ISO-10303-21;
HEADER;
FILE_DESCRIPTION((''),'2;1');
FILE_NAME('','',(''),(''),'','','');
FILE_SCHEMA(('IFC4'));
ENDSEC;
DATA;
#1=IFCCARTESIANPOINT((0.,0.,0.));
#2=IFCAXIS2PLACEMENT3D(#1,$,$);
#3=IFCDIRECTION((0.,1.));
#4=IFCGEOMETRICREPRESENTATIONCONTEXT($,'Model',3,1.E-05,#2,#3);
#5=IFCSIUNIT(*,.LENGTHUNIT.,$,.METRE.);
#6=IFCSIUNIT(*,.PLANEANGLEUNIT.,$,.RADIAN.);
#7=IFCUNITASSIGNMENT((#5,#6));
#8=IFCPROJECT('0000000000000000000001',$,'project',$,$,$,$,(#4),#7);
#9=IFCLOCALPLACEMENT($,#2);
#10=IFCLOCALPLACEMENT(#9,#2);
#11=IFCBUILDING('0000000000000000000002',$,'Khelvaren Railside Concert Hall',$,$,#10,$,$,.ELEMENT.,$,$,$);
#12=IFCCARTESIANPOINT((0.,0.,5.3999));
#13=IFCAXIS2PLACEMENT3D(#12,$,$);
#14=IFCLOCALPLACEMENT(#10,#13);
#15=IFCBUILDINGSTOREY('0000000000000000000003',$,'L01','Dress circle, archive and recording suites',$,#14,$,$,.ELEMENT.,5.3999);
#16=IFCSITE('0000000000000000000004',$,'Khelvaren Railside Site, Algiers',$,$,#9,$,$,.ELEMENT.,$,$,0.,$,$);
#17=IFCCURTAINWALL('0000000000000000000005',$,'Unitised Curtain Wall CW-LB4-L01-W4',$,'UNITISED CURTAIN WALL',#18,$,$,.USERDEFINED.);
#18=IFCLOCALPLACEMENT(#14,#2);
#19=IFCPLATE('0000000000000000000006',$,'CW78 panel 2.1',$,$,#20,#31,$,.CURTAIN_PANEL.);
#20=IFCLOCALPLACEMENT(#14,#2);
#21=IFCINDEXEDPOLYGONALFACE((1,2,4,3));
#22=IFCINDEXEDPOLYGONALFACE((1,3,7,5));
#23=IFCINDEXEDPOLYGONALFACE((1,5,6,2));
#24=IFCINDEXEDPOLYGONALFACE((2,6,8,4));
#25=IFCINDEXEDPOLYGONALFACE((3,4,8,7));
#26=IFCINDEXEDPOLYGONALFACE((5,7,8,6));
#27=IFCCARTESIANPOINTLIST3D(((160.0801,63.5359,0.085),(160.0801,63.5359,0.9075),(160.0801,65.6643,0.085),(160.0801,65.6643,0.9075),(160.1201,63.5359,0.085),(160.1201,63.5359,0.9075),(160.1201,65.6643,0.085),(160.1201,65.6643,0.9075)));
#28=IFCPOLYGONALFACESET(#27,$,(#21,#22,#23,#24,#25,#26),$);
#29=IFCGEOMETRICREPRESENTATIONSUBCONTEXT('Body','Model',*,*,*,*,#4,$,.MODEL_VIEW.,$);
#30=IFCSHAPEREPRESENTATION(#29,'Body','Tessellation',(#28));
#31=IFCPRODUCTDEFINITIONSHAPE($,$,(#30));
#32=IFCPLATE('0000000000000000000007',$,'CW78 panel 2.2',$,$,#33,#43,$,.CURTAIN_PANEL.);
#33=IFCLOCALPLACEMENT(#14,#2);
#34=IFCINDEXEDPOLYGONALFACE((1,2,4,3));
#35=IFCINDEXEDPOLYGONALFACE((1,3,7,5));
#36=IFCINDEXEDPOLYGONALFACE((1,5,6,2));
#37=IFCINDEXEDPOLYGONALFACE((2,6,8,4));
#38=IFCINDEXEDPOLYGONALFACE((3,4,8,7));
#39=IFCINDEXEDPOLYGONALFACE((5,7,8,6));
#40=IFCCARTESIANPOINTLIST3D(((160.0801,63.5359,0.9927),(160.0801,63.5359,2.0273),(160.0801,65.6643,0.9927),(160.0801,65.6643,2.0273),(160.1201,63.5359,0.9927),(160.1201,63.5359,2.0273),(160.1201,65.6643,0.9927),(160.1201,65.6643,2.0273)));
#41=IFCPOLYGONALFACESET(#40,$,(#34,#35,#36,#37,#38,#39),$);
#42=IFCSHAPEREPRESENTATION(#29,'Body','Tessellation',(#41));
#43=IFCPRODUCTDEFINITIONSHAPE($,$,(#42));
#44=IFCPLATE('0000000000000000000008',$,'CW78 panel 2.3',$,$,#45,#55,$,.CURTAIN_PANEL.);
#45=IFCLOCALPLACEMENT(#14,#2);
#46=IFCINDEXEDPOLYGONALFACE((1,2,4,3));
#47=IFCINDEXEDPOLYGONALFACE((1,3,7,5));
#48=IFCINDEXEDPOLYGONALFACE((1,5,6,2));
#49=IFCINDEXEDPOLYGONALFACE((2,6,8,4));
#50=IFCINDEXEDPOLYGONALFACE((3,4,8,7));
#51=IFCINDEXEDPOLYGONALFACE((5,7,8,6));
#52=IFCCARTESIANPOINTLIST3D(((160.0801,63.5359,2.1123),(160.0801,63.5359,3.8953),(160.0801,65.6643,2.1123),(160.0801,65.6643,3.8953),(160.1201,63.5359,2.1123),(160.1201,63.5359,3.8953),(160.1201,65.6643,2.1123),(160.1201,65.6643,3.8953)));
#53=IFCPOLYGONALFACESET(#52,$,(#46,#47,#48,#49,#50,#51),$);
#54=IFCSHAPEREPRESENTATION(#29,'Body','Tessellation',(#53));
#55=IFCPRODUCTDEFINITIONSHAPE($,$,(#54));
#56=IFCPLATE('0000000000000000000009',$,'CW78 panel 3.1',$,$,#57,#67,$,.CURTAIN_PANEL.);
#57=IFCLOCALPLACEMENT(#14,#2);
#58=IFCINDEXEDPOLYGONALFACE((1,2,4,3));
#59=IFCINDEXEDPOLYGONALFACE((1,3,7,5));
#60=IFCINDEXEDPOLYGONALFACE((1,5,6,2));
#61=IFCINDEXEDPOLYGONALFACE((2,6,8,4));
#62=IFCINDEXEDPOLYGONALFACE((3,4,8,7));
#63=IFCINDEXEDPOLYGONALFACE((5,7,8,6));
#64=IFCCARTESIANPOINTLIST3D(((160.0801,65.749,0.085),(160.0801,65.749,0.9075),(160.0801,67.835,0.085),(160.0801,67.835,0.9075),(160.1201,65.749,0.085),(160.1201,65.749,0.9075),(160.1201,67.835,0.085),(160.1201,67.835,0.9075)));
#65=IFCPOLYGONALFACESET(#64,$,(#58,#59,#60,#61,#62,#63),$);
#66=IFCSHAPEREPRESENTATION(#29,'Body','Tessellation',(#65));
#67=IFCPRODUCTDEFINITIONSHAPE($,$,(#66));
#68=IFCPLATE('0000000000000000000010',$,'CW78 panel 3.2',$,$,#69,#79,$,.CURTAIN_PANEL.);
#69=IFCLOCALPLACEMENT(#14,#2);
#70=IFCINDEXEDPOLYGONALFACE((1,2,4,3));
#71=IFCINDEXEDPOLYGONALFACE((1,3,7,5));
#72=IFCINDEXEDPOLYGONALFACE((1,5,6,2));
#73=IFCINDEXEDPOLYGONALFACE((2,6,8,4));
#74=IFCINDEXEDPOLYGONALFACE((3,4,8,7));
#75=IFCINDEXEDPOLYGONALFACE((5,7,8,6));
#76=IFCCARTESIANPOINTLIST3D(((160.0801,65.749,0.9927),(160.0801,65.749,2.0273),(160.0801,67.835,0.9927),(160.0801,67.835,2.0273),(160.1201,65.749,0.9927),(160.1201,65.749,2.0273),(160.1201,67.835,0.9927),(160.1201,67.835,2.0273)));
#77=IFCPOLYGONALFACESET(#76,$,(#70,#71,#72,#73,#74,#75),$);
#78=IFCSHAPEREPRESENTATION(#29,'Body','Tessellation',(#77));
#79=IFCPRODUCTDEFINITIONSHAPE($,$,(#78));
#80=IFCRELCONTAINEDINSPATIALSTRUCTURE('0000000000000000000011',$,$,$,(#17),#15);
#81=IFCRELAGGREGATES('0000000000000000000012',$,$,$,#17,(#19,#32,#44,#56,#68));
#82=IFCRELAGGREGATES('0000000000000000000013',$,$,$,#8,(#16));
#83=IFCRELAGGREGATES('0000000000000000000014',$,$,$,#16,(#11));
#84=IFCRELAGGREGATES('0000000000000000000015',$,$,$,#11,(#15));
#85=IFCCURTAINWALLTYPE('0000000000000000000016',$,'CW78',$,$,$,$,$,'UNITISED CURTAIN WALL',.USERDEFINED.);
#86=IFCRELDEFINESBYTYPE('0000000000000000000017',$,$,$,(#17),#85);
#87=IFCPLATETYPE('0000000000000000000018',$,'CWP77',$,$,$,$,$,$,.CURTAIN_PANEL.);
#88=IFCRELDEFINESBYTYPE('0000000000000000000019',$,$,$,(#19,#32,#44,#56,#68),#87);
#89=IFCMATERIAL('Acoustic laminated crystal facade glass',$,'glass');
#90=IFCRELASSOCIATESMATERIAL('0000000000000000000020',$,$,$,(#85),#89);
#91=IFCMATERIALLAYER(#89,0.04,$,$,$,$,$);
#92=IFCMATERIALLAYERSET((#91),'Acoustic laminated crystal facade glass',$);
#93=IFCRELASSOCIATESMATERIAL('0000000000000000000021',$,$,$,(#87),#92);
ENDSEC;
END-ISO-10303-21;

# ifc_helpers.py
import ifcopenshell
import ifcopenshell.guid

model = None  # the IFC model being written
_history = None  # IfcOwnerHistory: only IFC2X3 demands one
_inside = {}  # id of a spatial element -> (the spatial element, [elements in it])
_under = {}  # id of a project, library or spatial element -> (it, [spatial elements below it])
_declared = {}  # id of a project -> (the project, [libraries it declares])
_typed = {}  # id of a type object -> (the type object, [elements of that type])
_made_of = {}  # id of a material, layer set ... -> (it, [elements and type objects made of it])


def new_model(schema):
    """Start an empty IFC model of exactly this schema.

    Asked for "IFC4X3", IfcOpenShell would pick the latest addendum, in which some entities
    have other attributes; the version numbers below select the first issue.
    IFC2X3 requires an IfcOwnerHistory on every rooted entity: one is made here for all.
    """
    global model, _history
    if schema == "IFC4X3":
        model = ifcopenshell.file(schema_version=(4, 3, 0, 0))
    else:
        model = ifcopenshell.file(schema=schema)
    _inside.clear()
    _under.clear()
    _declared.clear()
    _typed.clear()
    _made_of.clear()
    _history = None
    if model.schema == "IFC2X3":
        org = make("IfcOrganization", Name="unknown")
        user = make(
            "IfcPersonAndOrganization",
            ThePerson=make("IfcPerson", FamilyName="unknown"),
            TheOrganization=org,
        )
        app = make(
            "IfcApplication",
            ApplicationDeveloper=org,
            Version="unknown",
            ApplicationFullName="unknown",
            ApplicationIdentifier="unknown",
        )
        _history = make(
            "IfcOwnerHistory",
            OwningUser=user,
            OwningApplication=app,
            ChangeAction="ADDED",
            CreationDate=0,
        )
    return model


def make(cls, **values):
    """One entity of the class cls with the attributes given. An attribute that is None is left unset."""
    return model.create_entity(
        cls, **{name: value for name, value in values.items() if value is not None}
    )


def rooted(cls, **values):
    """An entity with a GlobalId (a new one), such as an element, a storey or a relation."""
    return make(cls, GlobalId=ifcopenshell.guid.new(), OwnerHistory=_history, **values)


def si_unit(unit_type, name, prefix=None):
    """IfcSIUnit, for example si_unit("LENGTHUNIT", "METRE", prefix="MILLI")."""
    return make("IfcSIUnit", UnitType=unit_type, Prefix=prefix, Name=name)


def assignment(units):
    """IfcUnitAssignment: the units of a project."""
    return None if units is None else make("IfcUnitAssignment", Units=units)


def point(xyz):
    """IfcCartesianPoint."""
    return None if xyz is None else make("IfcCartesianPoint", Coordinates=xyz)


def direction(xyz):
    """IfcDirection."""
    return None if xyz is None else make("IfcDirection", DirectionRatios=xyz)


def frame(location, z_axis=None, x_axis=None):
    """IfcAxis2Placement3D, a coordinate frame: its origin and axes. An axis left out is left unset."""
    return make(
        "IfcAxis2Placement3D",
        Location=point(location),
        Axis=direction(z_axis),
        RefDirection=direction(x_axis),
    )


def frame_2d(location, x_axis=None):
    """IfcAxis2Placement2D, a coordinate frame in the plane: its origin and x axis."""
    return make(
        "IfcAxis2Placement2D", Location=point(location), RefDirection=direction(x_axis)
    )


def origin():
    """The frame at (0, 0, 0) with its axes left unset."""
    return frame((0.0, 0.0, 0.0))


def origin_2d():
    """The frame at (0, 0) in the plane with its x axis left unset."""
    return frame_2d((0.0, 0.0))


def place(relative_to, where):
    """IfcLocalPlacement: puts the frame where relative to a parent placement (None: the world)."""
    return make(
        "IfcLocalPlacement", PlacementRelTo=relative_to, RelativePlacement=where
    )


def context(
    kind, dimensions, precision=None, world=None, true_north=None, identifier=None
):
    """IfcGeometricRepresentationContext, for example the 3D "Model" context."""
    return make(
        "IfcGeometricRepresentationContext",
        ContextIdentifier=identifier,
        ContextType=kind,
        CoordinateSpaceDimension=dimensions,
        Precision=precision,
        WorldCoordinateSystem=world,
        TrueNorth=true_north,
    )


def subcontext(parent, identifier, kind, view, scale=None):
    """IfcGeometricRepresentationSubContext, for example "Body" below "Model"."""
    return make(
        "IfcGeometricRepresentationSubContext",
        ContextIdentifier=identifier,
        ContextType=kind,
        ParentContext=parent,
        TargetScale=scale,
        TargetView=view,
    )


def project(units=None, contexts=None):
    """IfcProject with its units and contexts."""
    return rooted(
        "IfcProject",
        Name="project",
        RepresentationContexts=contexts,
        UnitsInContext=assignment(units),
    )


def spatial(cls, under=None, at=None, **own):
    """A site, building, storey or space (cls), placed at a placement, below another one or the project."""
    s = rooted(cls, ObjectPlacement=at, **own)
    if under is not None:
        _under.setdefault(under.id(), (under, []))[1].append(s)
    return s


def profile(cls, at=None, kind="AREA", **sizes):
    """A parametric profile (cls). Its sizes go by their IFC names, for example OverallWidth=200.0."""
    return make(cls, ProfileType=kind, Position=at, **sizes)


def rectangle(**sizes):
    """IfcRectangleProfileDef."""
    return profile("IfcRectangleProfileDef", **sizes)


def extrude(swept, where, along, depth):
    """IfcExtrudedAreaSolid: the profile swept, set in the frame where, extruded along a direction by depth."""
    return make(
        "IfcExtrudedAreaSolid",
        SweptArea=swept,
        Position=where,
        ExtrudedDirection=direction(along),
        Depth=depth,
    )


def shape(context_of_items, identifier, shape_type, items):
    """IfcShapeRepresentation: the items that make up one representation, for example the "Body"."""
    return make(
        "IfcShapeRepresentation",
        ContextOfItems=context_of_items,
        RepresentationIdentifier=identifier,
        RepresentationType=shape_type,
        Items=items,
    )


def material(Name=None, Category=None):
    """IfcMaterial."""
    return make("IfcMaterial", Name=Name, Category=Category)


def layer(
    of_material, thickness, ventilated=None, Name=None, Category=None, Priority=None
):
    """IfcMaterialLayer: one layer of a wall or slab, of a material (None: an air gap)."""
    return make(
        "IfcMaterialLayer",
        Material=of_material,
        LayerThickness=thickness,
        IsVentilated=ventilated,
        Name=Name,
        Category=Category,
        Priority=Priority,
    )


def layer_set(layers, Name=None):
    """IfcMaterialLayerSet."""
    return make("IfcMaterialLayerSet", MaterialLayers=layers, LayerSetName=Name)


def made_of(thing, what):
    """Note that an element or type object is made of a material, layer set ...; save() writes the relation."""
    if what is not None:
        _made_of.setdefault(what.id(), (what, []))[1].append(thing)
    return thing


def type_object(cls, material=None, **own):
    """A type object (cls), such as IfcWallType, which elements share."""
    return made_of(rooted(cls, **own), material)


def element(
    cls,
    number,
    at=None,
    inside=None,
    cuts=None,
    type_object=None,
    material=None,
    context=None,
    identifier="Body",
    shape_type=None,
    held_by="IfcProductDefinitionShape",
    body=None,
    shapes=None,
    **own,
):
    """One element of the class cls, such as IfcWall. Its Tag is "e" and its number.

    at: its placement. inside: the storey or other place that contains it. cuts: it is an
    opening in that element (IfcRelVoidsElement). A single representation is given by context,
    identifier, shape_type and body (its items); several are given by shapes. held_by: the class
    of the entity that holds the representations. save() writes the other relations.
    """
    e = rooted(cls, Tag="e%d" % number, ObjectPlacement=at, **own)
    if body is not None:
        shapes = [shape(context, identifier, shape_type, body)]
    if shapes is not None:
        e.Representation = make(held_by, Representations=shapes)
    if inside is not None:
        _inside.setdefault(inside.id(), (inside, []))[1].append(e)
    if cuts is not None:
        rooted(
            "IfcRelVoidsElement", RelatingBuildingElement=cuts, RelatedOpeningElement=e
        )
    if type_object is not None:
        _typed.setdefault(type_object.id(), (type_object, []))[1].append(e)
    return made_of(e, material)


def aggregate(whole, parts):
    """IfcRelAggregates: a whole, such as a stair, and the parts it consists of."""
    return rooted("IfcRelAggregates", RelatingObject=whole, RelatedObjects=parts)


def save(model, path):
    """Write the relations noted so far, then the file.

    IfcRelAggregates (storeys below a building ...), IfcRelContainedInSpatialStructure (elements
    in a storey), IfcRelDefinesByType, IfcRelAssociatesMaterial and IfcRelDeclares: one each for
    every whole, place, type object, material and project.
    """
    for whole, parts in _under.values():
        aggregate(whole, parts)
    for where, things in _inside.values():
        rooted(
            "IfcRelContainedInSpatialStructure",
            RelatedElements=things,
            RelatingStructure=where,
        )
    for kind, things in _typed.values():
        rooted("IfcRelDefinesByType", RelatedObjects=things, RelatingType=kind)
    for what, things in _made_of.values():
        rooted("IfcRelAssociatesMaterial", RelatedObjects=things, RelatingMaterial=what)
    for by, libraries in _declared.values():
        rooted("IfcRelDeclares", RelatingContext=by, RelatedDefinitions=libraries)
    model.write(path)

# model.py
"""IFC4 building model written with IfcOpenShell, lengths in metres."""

from ifc_helpers import new_model, si_unit, direction, frame, origin, origin_2d, place, context, subcontext, project, spatial, rectangle, extrude, material, layer, layer_set, type_object, element, aggregate, save


model = new_model("IFC4")

# Units and contexts
model_context = context("Model", 3, precision=1e-05, world=origin(), true_north=direction((0.0, 1.0)))
body_context = subcontext(model_context, "Body", "Model", "MODEL_VIEW")
ifc_project = project(units=[si_unit("LENGTHUNIT", "METRE"), si_unit("PLANEANGLEUNIT", "RADIAN")], contexts=[model_context])

# Site, building, storey
site_placement = place(None, origin())
site = spatial("IfcSite", under=ifc_project, at=site_placement, Name="Khelvaren Railside Site, Algiers", CompositionType="ELEMENT", RefElevation=0.0)
building_placement = place(site_placement, origin())
building = spatial("IfcBuilding", under=site, at=building_placement, Name="Khelvaren Railside Concert Hall", CompositionType="ELEMENT")
storey_placement = place(building_placement, frame((0.0, 0.0, 5.3999)))
storey = spatial("IfcBuildingStorey", under=building, at=storey_placement, Name="L01", Description="Dress circle, archive and recording suites", CompositionType="ELEMENT", Elevation=5.3999)

# Shared definitions
ifc_material_1 = material(Name="Acoustic laminated crystal facade glass", Category="glass")
curtain_wall_type = type_object("IfcCurtainWallType", Name="CW78", ElementType="UNITISED CURTAIN WALL", PredefinedType="USERDEFINED", material=ifc_material_1)

# Curtain wall
curtain_wall_1_placement = place(storey_placement, origin())
curtain_wall_1 = element("IfcCurtainWall", 1, at=curtain_wall_1_placement, inside=storey, type_object=curtain_wall_type, Name="Unitised Curtain Wall CW-LB4-L01-W4", ObjectType="UNITISED CURTAIN WALL", PredefinedType="USERDEFINED")

# Plates
ifc_layer = layer(ifc_material_1, 0.04)
ifc_layer_set = layer_set([ifc_layer], Name="Acoustic laminated crystal facade glass")
plate_type = type_object("IfcPlateType", Name="CWP77", PredefinedType="CURTAIN_PANEL", material=ifc_layer_set)
plate_1_placement = place(storey_placement, frame((160.1001, 64.6001, 0.085), z_axis=(0.0, 0.0, 1.0), x_axis=(0.0, 1.0, 0.0)))
plate_1 = element("IfcPlate", 2, at=plate_1_placement, type_object=plate_type, Name="CW78 panel 2.1", PredefinedType="CURTAIN_PANEL", context=body_context, shape_type="SweptSolid", body=[
    extrude(rectangle(XDim=2.1284, YDim=0.04, at=origin_2d()), origin(), (0.0, 0.0, 1.0), 0.8225),
])
plate_2_placement = place(storey_placement, frame((160.1001, 64.6001, 0.9927), z_axis=(0.0, 0.0, 1.0), x_axis=(0.0, 1.0, 0.0)))
plate_2 = element("IfcPlate", 3, at=plate_2_placement, type_object=plate_type, Name="CW78 panel 2.2", PredefinedType="CURTAIN_PANEL", context=body_context, shape_type="SweptSolid", body=[
    extrude(rectangle(XDim=2.1284, YDim=0.04, at=origin_2d()), origin(), (0.0, 0.0, 1.0), 1.0347),
])
plate_3_placement = place(storey_placement, frame((160.1001, 64.6001, 2.1123), z_axis=(0.0, 0.0, 1.0), x_axis=(0.0, 1.0, 0.0)))
plate_3 = element("IfcPlate", 4, at=plate_3_placement, type_object=plate_type, Name="CW78 panel 2.3", PredefinedType="CURTAIN_PANEL", context=body_context, shape_type="SweptSolid", body=[
    extrude(rectangle(XDim=2.1284, YDim=0.04, at=origin_2d()), origin(), (0.0, 0.0, 1.0), 1.783),
])
plate_4_placement = place(storey_placement, frame((160.1001, 66.792, 0.085), z_axis=(0.0, 0.0, 1.0), x_axis=(0.0, 1.0, 0.0)))
plate_4 = element("IfcPlate", 5, at=plate_4_placement, type_object=plate_type, Name="CW78 panel 3.1", PredefinedType="CURTAIN_PANEL", context=body_context, shape_type="SweptSolid", body=[
    extrude(rectangle(XDim=2.0859, YDim=0.04, at=origin_2d()), origin(), (0.0, 0.0, 1.0), 0.8225),
])
plate_5_placement = place(storey_placement, frame((160.1001, 66.792, 0.9927), z_axis=(0.0, 0.0, 1.0), x_axis=(0.0, 1.0, 0.0)))
plate_5 = element("IfcPlate", 6, at=plate_5_placement, type_object=plate_type, Name="CW78 panel 3.2", PredefinedType="CURTAIN_PANEL", context=body_context, shape_type="SweptSolid", body=[
    extrude(rectangle(XDim=2.0859, YDim=0.04, at=origin_2d()), origin(), (0.0, 0.0, 1.0), 1.0347),
])
aggregate(curtain_wall_1, [plate_1, plate_2, plate_3, plate_4, plate_5])

save(model, "model.ifc")
